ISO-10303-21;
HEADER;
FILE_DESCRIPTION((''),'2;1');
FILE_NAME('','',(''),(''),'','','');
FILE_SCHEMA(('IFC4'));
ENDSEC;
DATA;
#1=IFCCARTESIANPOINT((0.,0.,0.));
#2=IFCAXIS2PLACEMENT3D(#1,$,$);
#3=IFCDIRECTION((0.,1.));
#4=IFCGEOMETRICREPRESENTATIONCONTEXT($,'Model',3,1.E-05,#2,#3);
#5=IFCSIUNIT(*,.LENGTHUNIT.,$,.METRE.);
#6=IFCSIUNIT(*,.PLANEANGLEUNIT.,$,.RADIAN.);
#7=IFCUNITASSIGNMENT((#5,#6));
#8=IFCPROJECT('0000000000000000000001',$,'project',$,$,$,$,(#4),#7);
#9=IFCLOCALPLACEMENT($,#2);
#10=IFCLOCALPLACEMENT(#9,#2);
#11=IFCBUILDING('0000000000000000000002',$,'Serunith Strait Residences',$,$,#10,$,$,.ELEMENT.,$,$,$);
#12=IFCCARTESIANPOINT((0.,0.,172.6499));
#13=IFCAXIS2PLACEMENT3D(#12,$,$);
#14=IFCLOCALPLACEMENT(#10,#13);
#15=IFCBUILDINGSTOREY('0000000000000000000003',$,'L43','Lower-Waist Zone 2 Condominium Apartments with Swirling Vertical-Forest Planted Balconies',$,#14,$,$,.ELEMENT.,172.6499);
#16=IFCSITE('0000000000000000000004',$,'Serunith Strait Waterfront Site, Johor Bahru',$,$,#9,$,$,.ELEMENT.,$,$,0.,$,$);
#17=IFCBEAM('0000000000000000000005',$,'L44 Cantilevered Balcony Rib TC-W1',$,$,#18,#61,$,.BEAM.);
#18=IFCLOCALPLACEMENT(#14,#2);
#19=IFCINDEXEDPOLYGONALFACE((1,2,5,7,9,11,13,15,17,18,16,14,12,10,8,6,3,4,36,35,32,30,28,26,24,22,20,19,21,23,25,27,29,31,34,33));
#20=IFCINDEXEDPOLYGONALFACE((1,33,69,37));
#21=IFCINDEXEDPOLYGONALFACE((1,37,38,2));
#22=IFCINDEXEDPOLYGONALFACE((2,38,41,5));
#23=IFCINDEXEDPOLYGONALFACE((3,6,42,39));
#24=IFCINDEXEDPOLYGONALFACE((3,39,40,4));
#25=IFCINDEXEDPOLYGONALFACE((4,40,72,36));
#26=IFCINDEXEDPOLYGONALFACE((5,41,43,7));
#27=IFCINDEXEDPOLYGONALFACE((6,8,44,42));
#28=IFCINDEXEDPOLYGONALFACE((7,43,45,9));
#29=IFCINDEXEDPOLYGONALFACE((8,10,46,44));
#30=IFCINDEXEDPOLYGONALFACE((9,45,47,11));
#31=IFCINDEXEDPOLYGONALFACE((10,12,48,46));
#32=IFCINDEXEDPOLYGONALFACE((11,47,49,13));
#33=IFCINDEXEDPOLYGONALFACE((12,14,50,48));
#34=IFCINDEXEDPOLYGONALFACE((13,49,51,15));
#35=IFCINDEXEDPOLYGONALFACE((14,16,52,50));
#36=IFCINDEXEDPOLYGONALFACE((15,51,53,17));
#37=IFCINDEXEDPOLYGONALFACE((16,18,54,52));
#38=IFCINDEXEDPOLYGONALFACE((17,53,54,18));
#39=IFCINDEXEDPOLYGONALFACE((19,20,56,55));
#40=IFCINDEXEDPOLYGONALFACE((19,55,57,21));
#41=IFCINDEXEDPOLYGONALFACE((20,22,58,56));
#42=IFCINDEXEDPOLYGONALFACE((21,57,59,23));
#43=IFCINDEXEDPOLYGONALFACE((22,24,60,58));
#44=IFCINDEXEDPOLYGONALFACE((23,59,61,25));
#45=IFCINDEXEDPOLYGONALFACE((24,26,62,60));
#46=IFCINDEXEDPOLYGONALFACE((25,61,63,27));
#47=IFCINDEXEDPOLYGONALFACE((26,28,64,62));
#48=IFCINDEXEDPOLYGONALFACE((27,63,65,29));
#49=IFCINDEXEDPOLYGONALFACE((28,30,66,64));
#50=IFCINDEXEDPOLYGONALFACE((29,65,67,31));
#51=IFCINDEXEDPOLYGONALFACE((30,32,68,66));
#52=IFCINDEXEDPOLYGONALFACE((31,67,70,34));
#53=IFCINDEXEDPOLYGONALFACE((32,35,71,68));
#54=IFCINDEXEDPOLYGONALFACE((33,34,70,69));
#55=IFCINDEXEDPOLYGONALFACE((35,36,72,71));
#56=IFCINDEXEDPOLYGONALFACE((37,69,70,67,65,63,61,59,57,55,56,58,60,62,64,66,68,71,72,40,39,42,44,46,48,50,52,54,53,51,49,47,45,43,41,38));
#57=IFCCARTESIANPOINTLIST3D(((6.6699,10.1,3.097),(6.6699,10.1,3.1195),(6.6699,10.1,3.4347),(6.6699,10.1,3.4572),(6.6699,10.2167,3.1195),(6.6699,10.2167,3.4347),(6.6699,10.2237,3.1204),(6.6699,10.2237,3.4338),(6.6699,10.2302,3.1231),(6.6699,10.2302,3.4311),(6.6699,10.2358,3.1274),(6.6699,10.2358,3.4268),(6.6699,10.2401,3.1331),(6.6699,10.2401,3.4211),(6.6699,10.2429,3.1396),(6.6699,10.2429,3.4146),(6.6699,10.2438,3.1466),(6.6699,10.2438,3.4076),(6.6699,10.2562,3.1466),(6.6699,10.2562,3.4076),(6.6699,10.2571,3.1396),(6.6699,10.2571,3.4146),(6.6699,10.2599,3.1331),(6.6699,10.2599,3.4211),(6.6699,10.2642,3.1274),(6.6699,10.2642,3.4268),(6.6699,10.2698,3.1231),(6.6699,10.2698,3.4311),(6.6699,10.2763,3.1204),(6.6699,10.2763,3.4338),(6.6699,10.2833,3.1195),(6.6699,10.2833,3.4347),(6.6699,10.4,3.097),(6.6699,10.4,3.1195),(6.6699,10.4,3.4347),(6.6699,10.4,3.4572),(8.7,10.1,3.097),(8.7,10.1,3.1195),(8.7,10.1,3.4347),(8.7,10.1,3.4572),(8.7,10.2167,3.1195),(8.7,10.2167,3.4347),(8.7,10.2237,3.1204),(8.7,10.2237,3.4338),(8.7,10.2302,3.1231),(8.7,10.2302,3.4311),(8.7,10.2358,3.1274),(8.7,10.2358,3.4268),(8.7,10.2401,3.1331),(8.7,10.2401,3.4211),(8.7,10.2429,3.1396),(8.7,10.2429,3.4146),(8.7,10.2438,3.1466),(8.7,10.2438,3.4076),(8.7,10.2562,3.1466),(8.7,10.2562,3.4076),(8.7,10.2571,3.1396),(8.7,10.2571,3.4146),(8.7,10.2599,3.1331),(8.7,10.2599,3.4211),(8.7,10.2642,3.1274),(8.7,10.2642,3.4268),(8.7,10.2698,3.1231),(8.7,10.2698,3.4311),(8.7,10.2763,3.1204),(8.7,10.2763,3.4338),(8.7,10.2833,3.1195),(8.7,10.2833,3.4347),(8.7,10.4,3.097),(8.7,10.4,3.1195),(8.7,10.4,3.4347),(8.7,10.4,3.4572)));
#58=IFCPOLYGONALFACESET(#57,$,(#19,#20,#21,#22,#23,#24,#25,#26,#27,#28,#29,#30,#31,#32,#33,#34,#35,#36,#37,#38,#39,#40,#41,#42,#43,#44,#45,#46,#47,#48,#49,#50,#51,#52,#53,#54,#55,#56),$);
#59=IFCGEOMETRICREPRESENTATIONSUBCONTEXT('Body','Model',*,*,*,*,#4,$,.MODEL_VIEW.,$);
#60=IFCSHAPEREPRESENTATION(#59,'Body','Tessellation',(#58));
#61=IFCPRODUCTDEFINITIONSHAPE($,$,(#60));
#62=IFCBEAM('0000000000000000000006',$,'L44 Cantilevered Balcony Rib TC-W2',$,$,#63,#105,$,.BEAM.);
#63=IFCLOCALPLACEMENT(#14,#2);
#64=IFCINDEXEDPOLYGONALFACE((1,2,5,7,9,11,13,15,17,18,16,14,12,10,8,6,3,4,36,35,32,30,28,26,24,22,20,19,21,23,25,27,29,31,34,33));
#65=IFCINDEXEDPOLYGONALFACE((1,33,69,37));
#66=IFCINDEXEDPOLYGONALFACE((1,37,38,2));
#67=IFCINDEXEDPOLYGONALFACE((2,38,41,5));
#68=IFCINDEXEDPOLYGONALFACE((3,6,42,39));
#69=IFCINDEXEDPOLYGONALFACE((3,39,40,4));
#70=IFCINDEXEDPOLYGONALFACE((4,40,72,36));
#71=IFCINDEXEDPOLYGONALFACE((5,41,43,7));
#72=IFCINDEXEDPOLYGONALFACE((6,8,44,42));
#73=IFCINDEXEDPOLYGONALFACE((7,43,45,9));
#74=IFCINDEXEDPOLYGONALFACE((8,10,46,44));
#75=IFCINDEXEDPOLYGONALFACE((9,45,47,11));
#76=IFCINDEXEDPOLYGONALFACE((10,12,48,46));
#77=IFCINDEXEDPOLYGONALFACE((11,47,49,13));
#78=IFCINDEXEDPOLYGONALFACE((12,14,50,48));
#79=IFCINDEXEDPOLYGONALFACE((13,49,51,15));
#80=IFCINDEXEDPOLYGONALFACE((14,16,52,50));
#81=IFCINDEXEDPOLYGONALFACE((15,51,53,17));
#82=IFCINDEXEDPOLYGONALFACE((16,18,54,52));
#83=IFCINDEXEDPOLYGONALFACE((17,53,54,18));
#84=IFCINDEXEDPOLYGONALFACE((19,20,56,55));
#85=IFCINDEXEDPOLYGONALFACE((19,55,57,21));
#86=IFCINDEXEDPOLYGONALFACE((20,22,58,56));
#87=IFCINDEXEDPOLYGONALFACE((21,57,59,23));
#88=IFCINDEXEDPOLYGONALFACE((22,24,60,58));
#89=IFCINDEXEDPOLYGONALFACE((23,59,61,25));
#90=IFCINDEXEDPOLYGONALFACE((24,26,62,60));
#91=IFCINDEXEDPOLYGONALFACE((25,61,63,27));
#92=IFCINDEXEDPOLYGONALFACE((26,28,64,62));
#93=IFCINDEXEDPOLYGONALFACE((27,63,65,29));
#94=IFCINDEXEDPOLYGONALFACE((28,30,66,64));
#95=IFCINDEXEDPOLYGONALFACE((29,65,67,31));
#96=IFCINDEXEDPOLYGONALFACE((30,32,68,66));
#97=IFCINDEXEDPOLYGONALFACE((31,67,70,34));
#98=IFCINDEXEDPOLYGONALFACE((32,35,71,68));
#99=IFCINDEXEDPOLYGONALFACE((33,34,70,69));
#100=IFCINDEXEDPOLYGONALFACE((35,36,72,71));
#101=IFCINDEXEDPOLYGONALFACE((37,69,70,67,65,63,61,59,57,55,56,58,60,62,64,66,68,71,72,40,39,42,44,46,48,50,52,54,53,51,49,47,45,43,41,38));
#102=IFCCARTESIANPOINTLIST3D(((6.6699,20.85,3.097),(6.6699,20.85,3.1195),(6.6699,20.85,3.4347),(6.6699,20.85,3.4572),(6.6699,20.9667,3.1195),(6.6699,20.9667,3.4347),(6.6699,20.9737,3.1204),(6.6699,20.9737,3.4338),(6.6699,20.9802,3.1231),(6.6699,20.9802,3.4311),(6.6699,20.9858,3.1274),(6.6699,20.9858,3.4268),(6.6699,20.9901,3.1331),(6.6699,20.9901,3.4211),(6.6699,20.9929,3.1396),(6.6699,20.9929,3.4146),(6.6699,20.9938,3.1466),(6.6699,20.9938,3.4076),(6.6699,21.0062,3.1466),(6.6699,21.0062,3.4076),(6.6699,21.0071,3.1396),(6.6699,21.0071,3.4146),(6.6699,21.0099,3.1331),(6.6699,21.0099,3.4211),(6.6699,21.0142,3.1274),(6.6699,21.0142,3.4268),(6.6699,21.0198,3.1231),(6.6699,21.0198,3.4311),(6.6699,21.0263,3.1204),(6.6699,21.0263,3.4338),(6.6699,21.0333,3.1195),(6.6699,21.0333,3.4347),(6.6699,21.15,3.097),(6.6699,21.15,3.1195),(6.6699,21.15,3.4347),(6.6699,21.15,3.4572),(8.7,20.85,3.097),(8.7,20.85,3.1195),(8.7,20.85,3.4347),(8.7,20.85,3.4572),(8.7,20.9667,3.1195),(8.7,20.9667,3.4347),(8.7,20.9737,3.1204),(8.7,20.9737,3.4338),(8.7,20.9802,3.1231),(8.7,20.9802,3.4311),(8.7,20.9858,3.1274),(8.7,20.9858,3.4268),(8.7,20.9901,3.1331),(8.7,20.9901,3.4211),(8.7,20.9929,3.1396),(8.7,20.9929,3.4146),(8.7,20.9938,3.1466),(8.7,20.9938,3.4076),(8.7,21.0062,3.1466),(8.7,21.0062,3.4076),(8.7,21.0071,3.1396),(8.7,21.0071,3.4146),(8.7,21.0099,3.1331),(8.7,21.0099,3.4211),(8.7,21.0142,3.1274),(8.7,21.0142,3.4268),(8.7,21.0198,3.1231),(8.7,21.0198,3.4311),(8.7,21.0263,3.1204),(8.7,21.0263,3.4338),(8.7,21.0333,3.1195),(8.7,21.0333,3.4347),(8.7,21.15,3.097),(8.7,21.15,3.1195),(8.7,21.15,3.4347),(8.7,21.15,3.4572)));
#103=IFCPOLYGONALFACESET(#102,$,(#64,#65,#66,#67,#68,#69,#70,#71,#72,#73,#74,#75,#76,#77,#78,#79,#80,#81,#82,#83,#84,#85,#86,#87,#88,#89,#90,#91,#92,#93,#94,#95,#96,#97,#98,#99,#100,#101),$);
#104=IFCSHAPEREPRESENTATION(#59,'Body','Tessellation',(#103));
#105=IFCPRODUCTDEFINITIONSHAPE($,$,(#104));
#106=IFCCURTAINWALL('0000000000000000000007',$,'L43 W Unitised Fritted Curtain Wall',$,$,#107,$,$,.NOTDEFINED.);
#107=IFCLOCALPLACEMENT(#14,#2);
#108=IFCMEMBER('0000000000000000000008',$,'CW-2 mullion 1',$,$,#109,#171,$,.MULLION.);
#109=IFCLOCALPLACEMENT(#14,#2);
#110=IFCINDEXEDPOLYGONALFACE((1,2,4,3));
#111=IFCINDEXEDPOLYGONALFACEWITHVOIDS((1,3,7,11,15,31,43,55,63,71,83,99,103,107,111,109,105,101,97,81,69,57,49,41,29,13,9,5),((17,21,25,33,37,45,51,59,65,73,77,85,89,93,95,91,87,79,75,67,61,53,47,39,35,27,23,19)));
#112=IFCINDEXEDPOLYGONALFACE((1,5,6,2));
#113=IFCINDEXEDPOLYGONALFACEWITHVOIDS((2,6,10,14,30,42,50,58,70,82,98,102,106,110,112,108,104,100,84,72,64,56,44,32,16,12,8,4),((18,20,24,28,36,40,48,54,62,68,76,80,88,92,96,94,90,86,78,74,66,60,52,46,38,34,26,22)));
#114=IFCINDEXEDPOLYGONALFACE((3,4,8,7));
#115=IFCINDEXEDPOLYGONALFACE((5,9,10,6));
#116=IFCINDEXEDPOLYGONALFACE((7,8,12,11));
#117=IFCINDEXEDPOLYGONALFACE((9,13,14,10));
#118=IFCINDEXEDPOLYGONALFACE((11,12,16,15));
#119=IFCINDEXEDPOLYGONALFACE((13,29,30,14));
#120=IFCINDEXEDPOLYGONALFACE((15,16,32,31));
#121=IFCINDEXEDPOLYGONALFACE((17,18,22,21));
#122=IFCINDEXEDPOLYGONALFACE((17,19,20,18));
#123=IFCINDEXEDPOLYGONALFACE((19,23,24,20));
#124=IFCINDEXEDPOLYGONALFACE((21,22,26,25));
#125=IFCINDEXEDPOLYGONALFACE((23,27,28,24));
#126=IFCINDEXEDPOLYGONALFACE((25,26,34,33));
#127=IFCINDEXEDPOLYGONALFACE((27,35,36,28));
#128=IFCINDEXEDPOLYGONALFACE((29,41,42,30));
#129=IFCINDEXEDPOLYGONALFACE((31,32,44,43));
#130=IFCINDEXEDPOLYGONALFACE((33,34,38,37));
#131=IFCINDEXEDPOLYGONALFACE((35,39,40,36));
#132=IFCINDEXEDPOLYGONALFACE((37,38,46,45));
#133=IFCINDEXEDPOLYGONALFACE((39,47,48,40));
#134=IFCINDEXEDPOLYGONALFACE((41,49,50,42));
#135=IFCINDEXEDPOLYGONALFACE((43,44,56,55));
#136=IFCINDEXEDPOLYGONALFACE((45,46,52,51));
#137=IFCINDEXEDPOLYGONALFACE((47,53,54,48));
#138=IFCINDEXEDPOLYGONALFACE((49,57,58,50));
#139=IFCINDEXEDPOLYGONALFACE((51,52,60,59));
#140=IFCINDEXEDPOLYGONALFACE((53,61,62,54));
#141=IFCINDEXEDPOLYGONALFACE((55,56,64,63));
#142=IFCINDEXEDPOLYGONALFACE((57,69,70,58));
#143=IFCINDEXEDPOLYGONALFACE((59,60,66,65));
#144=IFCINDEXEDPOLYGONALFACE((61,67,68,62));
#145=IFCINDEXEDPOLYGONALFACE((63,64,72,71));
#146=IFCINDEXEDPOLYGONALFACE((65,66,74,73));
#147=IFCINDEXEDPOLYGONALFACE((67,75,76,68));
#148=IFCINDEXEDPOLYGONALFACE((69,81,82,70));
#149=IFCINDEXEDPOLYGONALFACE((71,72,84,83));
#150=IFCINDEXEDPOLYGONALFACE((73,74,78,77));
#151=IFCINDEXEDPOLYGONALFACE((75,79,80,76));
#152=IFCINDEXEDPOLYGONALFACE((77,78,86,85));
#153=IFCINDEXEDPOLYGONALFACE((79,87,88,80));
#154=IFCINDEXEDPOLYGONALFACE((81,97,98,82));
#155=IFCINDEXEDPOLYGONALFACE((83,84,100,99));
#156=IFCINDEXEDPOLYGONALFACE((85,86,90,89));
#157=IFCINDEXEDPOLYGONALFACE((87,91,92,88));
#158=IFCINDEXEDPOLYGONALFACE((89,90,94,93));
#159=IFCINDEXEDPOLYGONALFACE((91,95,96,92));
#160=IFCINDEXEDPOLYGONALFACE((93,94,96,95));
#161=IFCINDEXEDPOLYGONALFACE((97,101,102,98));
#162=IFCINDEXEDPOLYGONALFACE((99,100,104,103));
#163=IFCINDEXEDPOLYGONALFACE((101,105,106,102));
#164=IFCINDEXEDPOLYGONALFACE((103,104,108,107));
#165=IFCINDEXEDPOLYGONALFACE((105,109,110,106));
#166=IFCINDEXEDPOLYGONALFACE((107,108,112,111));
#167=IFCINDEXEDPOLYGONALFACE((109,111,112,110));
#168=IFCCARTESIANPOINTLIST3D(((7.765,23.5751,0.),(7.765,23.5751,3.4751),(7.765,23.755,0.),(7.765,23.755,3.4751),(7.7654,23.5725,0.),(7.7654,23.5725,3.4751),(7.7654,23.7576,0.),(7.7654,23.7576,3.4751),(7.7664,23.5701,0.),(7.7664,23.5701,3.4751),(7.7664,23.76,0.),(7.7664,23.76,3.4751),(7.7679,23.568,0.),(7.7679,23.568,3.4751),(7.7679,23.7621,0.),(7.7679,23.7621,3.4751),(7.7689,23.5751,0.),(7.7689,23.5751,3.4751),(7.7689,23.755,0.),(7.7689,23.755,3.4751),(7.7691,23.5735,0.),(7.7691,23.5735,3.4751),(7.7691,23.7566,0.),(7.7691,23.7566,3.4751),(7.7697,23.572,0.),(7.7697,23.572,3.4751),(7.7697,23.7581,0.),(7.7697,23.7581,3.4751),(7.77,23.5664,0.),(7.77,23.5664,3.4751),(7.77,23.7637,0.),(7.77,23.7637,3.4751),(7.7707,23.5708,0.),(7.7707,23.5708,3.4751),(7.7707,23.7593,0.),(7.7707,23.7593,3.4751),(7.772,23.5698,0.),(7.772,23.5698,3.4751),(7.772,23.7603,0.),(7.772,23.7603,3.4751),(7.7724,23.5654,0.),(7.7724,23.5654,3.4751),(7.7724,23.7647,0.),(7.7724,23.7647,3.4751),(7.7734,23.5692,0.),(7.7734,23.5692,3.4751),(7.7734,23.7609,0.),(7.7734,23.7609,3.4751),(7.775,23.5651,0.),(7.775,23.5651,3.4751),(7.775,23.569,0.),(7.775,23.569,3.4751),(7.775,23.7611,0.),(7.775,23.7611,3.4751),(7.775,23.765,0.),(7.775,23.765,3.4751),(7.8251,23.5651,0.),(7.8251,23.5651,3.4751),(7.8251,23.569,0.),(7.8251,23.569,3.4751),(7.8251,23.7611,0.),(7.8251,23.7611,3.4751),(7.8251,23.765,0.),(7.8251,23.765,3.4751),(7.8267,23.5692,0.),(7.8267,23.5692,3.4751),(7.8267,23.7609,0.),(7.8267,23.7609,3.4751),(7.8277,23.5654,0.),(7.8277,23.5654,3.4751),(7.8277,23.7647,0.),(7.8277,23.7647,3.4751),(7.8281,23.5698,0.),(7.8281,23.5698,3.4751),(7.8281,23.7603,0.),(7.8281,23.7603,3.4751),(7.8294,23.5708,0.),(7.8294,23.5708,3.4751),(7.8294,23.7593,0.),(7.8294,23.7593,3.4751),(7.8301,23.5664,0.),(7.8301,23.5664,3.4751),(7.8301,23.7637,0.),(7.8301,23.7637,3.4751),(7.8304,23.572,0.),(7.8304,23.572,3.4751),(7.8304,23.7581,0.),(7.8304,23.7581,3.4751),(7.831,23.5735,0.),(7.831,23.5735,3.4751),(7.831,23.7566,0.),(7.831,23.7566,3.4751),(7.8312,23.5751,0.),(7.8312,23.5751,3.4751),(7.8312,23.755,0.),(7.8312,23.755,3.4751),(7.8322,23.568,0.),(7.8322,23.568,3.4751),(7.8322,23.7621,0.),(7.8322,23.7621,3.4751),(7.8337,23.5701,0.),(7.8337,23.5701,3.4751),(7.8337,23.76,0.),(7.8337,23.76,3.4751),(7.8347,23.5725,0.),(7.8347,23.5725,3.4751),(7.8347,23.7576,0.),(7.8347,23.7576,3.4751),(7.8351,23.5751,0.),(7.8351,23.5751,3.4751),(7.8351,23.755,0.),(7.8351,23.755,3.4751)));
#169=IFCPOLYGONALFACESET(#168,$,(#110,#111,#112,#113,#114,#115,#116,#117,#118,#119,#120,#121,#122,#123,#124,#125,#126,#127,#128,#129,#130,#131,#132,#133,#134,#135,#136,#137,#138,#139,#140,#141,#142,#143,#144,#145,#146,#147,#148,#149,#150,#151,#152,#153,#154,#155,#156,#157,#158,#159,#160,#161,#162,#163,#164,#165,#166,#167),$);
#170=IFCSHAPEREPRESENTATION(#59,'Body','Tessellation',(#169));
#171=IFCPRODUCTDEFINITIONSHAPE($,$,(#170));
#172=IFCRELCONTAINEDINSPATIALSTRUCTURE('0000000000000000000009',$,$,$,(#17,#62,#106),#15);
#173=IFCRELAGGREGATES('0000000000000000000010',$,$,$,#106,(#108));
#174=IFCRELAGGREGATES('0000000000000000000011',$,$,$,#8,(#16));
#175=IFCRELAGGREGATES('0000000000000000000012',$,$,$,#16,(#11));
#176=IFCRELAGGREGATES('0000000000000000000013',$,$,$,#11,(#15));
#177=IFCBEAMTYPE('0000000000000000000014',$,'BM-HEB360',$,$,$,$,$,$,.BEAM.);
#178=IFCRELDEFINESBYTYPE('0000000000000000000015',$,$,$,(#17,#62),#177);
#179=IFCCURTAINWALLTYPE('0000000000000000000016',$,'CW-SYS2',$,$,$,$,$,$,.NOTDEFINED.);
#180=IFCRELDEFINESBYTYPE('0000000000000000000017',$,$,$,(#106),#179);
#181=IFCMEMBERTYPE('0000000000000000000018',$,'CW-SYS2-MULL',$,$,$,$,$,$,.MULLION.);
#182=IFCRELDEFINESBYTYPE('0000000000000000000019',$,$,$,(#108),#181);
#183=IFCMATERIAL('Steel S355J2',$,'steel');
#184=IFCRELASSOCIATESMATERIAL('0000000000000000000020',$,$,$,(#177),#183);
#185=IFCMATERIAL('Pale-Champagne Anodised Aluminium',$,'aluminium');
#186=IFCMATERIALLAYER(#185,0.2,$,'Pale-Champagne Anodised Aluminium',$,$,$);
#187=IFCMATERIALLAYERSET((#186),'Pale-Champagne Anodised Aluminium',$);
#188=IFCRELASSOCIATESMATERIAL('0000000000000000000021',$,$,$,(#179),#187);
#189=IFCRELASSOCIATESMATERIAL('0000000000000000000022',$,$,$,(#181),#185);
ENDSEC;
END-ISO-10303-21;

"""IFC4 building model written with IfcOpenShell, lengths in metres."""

from ifc_helpers import new_model, si_unit, direction, frame, origin, origin_2d, place, context, subcontext, project, spatial, hollow_rectangle, i_section, extrude, source, transform, mapped, material, layer, layer_set, material_profile, profile_set, type_object, element, aggregate, save


model = new_model("IFC4")

# Units and contexts
model_context = context("Model", 3, precision=1e-05, world=origin(), true_north=direction((0.0, 1.0)))
body_context = subcontext(model_context, "Body", "Model", "MODEL_VIEW")
ifc_project = project(units=[si_unit("LENGTHUNIT", "METRE"), si_unit("PLANEANGLEUNIT", "RADIAN")], contexts=[model_context])

# Site, building, storey
site_placement = place(None, origin())
site = spatial("IfcSite", under=ifc_project, at=site_placement, Name="Serunith Strait Waterfront Site, Johor Bahru", CompositionType="ELEMENT", RefElevation=0.0)
building_placement = place(site_placement, origin())
building = spatial("IfcBuilding", under=site, at=building_placement, Name="Serunith Strait Residences", CompositionType="ELEMENT")
storey_placement = place(building_placement, frame((0.0, 0.0, 172.6499)))
storey = spatial("IfcBuildingStorey", under=building, at=storey_placement, Name="L43", Description="Lower-Waist Zone 2 Condominium Apartments with Swirling Vertical-Forest Planted Balconies", CompositionType="ELEMENT", Elevation=172.6499)

# Beams
ifc_material_1 = material(Name="Steel S355J2", Category="steel")
ifc_material_profile_1 = material_profile(ifc_material_1, i_section(OverallWidth=0.3, OverallDepth=0.3601, WebThickness=0.0125, FlangeThickness=0.0225, FilletRadius=0.0271, at=origin_2d()), Name="HEB 360")
ifc_profile_set_1 = profile_set([ifc_material_profile_1], Name="Steel S355J2")
beam_type_1 = type_object("IfcBeamType", Name="BM-HEB360", PredefinedType="BEAM", material=ifc_profile_set_1)
shared_shape_1 = source(origin(), body_context, "Body", "SweptSolid", [
    extrude(i_section(OverallWidth=0.3, OverallDepth=0.3601, WebThickness=0.0125, FlangeThickness=0.0225, FilletRadius=0.0271, at=origin_2d()), origin(), (0.0, 0.0, 1.0), 2.03),
])
for number, where, z_axis, x_axis, name in (
    (1, (8.7, 10.25, 3.2771), (-1.0, 0.0, 0.0), (0.0, -1.0, 0.0), "L44 Cantilevered Balcony Rib TC-W1"),
    (2, (8.7, 21.0, 3.2771), (-1.0, 0.0, 0.0), (0.0, -1.0, 0.0), "L44 Cantilevered Balcony Rib TC-W2"),
):
    element("IfcBeam", number, at=place(storey_placement, frame(where, z_axis=z_axis, x_axis=x_axis)), inside=storey, type_object=beam_type_1, Name=name, PredefinedType="BEAM", context=body_context, shape_type="MappedRepresentation", body=[
        mapped(shared_shape_1, transform((0.0, 0.0, 0.0), scale=1.0)),
    ])

# Curtain wall, member
ifc_material_2 = material(Name="Pale-Champagne Anodised Aluminium", Category="aluminium")
ifc_layer_1 = layer(ifc_material_2, 0.2, Name="Pale-Champagne Anodised Aluminium")
ifc_layer_set_1 = layer_set([ifc_layer_1], Name="Pale-Champagne Anodised Aluminium")
curtain_wall_type = type_object("IfcCurtainWallType", Name="CW-SYS2", PredefinedType="NOTDEFINED", material=ifc_layer_set_1)
curtain_wall_placement = place(storey_placement, origin())
curtain_wall = element("IfcCurtainWall", 3, at=curtain_wall_placement, inside=storey, type_object=curtain_wall_type, Name="L43 W Unitised Fritted Curtain Wall", PredefinedType="NOTDEFINED")
ifc_material_profile_2 = material_profile(ifc_material_2, hollow_rectangle(XDim=0.0701, YDim=0.2, WallThickness=0.0039, InnerFilletRadius=0.0061, OuterFilletRadius=0.01, at=origin_2d()), Name="ALU 200x70x4")
ifc_profile_set_2 = profile_set([ifc_material_profile_2], Name="Pale-Champagne Anodised Aluminium")
member_type_1 = type_object("IfcMemberType", Name="CW-SYS2-MULL", PredefinedType="MULLION", material=ifc_profile_set_2)
shared_shape_2 = source(origin(), body_context, "Body", "SweptSolid", [
    extrude(hollow_rectangle(XDim=0.0701, YDim=0.2, WallThickness=0.0039, InnerFilletRadius=0.0061, OuterFilletRadius=0.01, at=origin_2d()), origin(), (0.0, 0.0, 1.0), 3.4751),
])
member_1_placement = place(storey_placement, frame((7.8, 23.665, 0.0), z_axis=(0.0, 0.0, 1.0), x_axis=(1.0, 0.0, 0.0)))
member_1 = element("IfcMember", 4, at=member_1_placement, type_object=member_type_1, Name="CW-2 mullion 1", PredefinedType="MULLION", context=body_context, shape_type="MappedRepresentation", body=[
    mapped(shared_shape_2, transform((0.0, 0.0, 0.0), scale=1.0)),
])
aggregate(curtain_wall, [member_1])

save(model, "model.ifc")
